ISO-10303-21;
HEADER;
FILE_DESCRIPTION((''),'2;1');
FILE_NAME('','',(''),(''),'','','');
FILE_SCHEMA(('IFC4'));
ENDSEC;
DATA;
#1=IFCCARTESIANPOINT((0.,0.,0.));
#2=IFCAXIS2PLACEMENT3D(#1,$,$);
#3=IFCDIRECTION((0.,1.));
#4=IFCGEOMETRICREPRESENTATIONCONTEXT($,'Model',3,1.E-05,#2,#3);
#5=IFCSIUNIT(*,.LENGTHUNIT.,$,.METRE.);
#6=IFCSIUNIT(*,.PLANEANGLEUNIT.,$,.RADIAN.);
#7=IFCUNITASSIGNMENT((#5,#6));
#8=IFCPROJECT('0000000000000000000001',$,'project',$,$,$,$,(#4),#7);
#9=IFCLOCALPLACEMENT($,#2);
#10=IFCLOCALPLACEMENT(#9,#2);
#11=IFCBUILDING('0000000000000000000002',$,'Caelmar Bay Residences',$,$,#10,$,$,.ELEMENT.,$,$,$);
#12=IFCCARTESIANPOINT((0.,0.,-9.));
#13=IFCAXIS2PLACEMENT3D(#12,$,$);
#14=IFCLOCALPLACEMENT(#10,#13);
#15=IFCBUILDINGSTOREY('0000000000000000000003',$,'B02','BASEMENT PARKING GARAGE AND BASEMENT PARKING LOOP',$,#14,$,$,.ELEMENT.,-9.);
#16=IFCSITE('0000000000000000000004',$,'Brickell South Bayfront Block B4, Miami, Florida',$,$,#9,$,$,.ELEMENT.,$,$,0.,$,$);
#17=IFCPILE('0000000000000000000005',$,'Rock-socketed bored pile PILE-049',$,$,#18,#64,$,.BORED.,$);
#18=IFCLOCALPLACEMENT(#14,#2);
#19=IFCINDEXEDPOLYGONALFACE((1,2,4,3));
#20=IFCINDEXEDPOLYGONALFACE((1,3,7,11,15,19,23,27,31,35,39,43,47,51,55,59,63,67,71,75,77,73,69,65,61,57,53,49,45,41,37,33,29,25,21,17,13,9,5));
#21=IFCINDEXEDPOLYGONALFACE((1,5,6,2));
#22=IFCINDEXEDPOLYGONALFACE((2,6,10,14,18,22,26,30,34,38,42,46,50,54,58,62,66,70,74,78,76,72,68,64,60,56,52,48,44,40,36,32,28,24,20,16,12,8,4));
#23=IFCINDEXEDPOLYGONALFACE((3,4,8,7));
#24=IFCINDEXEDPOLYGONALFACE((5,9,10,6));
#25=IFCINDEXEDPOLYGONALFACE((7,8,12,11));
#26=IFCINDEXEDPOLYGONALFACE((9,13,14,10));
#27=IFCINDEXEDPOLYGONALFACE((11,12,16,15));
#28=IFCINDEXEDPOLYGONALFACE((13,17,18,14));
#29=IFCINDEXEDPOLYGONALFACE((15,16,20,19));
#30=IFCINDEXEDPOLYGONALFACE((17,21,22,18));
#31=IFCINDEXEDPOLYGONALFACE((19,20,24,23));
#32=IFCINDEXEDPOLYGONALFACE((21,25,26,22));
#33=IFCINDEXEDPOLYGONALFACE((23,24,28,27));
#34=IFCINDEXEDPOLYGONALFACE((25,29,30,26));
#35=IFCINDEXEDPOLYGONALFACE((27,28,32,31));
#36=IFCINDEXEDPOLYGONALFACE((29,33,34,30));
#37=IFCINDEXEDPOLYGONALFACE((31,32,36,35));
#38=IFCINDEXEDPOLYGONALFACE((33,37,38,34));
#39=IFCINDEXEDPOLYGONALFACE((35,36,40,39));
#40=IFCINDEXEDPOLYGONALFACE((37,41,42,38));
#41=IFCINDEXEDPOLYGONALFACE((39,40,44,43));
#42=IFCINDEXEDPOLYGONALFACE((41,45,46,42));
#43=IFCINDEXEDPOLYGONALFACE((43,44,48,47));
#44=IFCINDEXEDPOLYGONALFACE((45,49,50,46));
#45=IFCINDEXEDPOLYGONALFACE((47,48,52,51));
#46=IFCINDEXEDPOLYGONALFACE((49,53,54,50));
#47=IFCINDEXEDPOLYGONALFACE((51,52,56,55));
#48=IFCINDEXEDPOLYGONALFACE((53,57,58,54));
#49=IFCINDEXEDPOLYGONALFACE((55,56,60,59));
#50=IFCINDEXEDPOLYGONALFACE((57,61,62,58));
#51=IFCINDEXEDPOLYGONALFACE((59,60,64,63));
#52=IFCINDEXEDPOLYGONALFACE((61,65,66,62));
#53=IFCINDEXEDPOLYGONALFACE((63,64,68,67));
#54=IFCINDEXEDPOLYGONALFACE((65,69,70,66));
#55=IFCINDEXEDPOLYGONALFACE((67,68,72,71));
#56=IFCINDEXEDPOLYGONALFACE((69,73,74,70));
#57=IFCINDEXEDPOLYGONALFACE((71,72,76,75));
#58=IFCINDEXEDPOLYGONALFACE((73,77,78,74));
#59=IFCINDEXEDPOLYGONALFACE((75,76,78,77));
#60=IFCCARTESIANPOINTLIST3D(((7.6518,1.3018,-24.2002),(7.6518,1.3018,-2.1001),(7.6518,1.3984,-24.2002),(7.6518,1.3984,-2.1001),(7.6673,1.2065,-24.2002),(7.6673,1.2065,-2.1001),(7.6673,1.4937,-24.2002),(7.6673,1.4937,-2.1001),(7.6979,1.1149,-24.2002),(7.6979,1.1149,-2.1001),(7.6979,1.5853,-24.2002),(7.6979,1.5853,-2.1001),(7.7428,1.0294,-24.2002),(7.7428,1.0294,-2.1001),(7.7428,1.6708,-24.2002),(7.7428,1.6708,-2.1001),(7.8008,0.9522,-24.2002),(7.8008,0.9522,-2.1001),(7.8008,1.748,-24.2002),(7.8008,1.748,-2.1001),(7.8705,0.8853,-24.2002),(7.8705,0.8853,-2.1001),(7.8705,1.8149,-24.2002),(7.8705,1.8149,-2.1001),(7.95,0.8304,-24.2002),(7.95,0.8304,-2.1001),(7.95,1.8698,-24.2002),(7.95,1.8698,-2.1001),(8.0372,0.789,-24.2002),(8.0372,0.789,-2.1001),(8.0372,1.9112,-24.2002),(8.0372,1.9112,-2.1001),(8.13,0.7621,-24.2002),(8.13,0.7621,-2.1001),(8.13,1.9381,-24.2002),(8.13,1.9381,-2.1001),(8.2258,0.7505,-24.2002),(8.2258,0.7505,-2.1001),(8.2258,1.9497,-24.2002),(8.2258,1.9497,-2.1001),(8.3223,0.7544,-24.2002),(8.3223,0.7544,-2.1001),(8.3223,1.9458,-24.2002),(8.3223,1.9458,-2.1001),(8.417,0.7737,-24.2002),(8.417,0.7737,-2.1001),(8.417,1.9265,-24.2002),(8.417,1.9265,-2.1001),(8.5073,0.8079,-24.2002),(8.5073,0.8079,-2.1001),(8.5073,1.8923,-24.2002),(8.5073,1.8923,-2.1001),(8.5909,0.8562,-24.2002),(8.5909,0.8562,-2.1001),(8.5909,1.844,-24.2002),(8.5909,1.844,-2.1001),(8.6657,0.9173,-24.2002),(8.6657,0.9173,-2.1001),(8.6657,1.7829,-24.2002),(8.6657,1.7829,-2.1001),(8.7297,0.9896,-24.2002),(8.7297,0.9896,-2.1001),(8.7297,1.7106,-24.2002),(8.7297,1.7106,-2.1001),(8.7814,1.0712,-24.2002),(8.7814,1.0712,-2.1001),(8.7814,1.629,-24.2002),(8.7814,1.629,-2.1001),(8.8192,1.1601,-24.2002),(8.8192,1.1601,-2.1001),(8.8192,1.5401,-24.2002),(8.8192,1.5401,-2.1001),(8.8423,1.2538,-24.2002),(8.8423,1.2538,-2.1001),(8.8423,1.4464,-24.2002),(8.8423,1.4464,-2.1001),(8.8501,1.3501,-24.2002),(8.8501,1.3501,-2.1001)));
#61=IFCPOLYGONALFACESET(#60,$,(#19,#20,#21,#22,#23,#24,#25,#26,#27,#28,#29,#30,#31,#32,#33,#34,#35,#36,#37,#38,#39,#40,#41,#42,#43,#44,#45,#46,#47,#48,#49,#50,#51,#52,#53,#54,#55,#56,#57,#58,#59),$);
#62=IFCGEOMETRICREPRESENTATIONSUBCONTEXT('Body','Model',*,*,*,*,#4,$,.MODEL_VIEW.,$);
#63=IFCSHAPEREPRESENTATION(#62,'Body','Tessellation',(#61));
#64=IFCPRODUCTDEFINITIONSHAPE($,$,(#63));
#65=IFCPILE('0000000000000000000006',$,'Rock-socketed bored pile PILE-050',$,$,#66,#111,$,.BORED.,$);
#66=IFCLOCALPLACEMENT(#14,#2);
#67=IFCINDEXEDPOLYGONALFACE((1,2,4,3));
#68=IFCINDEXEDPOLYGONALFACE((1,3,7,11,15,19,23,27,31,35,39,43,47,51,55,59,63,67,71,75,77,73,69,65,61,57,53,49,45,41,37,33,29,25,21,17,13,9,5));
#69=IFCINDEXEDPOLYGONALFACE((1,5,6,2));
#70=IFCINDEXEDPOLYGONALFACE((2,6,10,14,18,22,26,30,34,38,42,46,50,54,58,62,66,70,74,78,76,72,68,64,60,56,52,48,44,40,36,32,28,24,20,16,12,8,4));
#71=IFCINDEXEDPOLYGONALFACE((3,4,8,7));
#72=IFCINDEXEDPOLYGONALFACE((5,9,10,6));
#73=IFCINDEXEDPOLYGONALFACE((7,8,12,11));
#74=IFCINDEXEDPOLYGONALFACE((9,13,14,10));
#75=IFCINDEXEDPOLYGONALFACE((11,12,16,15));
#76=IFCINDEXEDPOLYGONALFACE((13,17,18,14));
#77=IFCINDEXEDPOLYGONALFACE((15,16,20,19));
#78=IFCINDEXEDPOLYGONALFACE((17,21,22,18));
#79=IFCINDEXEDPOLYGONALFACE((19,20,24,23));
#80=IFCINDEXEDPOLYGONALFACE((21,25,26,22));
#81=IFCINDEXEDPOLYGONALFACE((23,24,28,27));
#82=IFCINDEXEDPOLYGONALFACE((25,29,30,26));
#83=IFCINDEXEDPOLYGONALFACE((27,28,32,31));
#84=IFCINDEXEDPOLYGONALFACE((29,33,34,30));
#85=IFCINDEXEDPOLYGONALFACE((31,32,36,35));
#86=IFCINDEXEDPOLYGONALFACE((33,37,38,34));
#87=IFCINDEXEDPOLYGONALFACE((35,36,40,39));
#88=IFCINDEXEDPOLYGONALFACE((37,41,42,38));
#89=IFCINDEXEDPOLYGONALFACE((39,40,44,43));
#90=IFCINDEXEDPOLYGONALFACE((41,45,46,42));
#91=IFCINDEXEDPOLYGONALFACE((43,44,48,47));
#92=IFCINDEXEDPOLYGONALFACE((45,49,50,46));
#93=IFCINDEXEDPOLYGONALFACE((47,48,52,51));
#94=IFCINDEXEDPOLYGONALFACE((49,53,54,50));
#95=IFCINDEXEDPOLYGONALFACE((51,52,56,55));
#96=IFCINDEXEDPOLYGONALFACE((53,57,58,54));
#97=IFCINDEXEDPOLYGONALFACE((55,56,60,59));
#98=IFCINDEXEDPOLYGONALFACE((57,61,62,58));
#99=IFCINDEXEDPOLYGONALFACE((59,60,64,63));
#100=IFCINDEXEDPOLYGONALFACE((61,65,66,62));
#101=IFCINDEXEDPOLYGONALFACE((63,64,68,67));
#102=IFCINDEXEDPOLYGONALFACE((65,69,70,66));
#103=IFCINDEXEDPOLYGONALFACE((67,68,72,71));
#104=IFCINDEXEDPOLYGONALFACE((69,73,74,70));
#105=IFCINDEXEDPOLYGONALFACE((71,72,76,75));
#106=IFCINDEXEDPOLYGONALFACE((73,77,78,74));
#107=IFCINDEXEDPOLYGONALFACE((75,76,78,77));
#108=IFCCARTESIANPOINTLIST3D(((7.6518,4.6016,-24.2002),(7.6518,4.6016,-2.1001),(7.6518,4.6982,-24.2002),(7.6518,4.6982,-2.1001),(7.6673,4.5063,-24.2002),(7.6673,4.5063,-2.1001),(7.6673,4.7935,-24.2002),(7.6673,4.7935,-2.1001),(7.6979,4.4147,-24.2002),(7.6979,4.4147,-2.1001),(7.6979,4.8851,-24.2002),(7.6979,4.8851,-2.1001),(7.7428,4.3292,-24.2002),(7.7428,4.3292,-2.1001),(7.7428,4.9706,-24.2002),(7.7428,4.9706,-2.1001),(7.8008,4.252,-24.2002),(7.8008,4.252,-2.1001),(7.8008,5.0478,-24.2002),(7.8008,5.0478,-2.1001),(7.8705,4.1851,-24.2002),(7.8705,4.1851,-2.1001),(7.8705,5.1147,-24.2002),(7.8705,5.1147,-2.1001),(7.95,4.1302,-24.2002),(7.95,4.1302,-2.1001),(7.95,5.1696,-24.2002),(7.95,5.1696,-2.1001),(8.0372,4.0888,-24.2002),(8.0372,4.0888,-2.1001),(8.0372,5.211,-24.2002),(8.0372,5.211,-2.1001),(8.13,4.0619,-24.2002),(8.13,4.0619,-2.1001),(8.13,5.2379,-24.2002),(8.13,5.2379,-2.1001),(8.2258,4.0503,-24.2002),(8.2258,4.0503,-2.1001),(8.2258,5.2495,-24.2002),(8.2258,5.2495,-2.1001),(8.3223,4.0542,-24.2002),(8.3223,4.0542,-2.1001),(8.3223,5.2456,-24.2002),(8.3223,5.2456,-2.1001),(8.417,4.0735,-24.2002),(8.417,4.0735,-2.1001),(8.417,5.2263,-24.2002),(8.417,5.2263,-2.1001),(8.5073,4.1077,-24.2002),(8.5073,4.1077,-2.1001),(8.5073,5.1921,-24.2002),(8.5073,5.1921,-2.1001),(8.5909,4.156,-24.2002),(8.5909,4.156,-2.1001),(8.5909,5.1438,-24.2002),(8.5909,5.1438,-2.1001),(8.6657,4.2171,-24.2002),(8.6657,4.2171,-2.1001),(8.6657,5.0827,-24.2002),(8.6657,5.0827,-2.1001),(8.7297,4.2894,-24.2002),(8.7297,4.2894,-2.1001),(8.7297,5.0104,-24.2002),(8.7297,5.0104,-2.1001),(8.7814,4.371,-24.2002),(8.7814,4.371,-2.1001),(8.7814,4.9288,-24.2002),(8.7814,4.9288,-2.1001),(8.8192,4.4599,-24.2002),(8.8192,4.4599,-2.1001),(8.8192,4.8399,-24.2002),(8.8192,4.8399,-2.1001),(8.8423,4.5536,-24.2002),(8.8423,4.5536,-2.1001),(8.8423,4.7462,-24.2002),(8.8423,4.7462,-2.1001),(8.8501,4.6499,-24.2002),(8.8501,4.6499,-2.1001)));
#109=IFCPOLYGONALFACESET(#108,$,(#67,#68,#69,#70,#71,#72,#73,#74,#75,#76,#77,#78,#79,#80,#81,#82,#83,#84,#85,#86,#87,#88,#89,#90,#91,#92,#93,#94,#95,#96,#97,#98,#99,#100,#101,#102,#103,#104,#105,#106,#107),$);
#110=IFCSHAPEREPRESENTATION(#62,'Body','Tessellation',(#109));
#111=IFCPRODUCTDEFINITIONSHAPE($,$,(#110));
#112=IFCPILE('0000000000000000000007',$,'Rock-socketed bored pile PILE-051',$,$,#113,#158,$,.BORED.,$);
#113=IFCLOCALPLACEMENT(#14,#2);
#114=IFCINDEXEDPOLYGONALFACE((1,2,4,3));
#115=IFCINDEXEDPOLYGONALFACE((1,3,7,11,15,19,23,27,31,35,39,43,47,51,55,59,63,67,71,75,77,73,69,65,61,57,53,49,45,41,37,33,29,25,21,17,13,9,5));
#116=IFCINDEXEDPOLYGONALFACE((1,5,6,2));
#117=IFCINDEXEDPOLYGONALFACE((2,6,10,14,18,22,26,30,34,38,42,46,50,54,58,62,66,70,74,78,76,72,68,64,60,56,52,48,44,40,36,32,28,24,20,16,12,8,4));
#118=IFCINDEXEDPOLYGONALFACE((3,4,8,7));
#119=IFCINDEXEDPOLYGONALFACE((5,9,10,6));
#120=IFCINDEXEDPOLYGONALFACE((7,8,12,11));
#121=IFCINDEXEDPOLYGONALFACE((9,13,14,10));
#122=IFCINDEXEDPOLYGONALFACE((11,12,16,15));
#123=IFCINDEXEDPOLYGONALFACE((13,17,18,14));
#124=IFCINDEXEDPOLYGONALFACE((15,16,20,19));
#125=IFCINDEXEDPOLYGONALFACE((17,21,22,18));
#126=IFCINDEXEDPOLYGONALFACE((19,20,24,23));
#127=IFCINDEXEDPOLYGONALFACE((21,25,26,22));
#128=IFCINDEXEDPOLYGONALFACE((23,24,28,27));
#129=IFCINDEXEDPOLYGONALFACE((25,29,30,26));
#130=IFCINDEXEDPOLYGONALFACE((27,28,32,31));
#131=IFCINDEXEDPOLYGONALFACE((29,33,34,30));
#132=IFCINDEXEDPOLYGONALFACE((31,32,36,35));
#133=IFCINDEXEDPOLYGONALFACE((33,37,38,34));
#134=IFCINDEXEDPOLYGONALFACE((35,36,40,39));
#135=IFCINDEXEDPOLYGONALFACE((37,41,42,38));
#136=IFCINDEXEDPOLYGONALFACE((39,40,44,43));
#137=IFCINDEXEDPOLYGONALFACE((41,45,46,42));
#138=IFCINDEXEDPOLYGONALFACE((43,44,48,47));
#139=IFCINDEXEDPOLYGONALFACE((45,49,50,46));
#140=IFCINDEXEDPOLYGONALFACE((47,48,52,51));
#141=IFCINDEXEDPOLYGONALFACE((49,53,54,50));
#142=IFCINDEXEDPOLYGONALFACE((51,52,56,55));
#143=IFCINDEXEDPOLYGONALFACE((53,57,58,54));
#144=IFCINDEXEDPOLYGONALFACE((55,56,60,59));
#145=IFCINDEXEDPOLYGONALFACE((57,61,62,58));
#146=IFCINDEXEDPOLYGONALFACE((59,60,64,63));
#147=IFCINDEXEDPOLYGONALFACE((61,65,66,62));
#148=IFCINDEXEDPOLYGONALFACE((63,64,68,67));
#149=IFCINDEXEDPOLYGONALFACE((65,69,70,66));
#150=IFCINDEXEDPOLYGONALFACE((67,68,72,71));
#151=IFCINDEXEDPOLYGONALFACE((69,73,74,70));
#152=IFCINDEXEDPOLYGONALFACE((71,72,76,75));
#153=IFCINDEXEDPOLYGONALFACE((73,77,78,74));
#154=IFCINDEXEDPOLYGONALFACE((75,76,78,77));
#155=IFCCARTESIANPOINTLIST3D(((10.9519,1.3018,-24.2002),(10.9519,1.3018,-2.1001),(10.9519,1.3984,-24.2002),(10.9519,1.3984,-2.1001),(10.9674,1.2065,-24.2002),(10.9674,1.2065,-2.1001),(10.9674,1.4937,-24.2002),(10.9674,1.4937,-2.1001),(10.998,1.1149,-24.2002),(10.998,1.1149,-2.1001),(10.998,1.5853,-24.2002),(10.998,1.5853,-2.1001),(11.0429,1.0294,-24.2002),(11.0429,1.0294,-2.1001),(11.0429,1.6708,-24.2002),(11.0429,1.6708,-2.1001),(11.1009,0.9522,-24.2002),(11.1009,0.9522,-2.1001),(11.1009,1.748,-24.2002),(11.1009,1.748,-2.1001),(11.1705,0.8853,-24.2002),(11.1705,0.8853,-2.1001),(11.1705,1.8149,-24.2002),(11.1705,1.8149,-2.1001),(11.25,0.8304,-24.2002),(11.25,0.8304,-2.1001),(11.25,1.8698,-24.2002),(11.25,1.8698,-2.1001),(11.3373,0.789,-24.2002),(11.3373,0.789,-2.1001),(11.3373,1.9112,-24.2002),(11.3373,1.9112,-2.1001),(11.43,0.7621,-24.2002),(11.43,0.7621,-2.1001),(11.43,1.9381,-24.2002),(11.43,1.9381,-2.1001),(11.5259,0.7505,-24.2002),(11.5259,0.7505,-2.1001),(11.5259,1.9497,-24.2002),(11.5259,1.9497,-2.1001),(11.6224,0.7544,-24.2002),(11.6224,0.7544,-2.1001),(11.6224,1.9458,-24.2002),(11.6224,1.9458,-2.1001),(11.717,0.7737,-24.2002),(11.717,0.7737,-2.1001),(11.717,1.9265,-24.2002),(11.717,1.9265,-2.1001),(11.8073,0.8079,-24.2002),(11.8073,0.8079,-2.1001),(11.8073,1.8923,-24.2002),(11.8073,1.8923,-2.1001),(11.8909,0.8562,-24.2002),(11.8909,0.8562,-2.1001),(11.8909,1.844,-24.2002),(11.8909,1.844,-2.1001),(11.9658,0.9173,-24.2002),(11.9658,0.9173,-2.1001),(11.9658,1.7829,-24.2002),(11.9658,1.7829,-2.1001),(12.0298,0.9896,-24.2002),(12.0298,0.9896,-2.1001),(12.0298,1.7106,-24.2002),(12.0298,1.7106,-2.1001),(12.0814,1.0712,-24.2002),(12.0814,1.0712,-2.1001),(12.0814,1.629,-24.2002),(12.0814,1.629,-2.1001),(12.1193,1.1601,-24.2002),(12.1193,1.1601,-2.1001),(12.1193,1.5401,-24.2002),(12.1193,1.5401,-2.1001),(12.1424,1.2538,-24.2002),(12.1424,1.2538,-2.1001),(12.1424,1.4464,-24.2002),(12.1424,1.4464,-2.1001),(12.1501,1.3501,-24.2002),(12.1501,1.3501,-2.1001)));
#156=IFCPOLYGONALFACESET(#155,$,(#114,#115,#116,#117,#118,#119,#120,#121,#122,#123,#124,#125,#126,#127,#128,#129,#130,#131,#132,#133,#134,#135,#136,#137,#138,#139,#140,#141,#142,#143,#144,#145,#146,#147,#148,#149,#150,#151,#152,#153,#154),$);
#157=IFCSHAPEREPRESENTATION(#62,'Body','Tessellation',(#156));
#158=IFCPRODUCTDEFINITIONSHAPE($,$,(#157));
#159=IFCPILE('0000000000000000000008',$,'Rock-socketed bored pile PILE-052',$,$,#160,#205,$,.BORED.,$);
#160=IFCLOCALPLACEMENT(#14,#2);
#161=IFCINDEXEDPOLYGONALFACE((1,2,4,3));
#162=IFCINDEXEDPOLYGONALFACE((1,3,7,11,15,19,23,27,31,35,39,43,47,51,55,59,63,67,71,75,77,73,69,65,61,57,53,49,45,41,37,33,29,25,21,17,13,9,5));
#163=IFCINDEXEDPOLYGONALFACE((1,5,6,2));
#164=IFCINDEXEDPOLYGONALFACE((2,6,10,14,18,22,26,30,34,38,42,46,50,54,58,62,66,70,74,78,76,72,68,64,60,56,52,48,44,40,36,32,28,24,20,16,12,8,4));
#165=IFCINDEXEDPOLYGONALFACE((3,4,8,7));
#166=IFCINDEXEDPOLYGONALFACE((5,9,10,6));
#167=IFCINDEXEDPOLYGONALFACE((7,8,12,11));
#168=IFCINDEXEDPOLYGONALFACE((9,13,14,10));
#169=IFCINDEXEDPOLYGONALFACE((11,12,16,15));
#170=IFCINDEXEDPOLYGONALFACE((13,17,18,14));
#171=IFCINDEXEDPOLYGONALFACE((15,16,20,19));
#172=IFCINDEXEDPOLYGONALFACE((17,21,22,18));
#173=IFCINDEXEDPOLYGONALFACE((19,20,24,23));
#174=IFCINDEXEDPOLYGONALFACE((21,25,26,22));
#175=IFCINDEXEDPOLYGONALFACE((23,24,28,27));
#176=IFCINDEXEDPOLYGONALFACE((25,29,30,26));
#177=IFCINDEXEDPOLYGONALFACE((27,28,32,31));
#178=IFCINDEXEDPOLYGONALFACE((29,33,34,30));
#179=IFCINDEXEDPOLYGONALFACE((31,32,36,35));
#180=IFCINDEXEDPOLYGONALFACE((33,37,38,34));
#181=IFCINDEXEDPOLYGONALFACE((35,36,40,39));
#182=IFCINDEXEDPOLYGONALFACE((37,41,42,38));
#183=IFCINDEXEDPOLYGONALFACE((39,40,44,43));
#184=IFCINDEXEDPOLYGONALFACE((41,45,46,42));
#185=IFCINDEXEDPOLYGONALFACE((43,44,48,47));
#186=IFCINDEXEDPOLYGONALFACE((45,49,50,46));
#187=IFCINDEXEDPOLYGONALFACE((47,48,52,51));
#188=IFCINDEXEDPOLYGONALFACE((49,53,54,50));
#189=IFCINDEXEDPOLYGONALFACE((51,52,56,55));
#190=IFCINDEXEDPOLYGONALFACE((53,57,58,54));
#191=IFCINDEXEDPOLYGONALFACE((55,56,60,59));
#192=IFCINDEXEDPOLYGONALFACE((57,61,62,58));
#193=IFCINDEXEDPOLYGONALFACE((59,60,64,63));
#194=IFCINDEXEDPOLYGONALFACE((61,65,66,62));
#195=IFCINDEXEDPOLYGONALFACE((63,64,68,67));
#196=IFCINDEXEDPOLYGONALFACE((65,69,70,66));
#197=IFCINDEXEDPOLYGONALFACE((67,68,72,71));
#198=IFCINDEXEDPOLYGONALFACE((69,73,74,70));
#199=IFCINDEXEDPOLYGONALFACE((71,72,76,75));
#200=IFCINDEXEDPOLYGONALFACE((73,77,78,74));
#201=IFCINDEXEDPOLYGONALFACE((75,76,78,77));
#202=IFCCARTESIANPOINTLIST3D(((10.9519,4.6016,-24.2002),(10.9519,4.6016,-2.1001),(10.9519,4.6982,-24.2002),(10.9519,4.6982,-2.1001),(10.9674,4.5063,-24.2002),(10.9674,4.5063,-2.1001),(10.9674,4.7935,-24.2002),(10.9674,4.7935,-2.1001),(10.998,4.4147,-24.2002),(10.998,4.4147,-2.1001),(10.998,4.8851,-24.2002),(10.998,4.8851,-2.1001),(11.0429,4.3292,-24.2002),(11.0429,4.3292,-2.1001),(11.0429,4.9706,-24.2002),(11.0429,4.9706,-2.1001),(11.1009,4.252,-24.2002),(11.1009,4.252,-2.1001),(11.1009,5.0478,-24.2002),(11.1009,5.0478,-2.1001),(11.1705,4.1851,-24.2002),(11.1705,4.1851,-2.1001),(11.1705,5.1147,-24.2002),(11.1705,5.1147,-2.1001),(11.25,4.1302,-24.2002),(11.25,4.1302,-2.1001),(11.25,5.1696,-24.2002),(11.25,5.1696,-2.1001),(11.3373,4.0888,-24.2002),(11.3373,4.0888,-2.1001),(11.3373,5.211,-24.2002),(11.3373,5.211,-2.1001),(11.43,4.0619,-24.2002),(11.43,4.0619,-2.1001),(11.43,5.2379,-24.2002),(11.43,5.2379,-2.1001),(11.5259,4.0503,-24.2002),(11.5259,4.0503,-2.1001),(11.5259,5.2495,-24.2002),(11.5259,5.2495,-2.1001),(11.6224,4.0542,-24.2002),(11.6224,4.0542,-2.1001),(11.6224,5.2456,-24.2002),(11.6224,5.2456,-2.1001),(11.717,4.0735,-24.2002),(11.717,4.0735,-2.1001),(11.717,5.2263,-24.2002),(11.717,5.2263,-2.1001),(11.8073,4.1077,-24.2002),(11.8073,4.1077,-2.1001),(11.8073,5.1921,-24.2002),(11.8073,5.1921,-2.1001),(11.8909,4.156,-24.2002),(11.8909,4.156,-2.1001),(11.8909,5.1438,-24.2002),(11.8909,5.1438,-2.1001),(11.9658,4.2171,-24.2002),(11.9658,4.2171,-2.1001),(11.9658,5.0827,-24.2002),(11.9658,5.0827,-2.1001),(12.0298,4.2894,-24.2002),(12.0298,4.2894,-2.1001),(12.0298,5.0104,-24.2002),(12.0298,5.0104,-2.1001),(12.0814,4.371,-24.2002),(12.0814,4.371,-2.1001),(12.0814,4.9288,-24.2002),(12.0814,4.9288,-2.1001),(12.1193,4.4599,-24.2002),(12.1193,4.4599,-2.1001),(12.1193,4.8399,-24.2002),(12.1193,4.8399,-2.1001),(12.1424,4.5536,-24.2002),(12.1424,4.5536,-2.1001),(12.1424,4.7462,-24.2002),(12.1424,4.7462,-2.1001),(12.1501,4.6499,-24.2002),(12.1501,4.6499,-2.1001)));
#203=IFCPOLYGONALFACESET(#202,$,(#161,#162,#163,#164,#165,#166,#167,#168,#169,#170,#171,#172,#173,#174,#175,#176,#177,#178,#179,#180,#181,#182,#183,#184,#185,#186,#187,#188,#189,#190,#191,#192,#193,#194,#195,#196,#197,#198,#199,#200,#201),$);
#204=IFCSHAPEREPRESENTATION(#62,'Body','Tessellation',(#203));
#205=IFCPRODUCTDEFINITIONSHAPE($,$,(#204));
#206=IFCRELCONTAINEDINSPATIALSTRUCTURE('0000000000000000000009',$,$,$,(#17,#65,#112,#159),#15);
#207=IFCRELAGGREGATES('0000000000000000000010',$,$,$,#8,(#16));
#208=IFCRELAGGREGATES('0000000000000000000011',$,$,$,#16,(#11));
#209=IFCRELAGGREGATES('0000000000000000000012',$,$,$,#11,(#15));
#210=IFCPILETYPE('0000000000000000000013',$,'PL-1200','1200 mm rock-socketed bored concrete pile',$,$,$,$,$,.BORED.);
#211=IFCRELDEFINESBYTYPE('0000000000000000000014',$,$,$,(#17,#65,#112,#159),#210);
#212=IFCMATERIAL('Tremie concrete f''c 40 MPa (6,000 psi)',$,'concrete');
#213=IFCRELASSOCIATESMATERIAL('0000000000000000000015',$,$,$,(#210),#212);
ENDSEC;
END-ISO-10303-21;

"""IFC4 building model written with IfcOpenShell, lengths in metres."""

from ifc_helpers import new_model, si_unit, direction, frame, origin, origin_2d, place, context, subcontext, project, spatial, circle, extrude, material, material_profile, profile_set, type_object, element, save


model = new_model("IFC4")

# Units and contexts
model_context = context("Model", 3, precision=1e-05, world=origin(), true_north=direction((0.0, 1.0)))
body_context = subcontext(model_context, "Body", "Model", "MODEL_VIEW")
ifc_project = project(units=[si_unit("LENGTHUNIT", "METRE"), si_unit("PLANEANGLEUNIT", "RADIAN")], contexts=[model_context])

# Site, building, storey
site_placement = place(None, origin())
site = spatial("IfcSite", under=ifc_project, at=site_placement, Name="Brickell South Bayfront Block B4, Miami, Florida", CompositionType="ELEMENT", RefElevation=0.0)
building_placement = place(site_placement, origin())
building = spatial("IfcBuilding", under=site, at=building_placement, Name="Caelmar Bay Residences", CompositionType="ELEMENT")
storey_placement = place(building_placement, frame((0.0, 0.0, -9.0)))
storey = spatial("IfcBuildingStorey", under=building, at=storey_placement, Name="B02", Description="BASEMENT PARKING GARAGE AND BASEMENT PARKING LOOP", CompositionType="ELEMENT", Elevation=-9.0)

# Piles
ifc_material_1 = material(Name="Tremie concrete f'c 40 MPa (6,000 psi)", Category="concrete")
ifc_material_profile_1 = material_profile(ifc_material_1, circle(Radius=0.6001, at=origin_2d()), Name="PILE-1200D")
ifc_profile_set_1 = profile_set([ifc_material_profile_1], Name="Tremie concrete f'c 40 MPa (6,000 psi)")
pile_type = type_object("IfcPileType", Name="PL-1200", Description="1200 mm rock-socketed bored concrete pile", PredefinedType="BORED", material=ifc_profile_set_1)
for number, where, z_axis, x_axis, name in (
    (1, (8.25, 1.3501, -2.1001), (0.0, 0.0, -1.0), (1.0, 0.0, 0.0), "Rock-socketed bored pile PILE-049"),
    (2, (8.25, 4.6499, -2.1001), (0.0, 0.0, -1.0), (1.0, 0.0, 0.0), "Rock-socketed bored pile PILE-050"),
    (3, (11.55, 1.3501, -2.1001), (0.0, 0.0, -1.0), (1.0, 0.0, 0.0), "Rock-socketed bored pile PILE-051"),
    (4, (11.55, 4.6499, -2.1001), (0.0, 0.0, -1.0), (1.0, 0.0, 0.0), "Rock-socketed bored pile PILE-052"),
):
    element("IfcPile", number, at=place(storey_placement, frame(where, z_axis=z_axis, x_axis=x_axis)), inside=storey, type_object=pile_type, Name=name, PredefinedType="BORED", context=body_context, shape_type="SweptSolid", body=[
        extrude(circle(Radius=0.6001, at=origin_2d()), origin(), (0.0, 0.0, 1.0), 22.1001),
    ])

save(model, "model.ifc")
